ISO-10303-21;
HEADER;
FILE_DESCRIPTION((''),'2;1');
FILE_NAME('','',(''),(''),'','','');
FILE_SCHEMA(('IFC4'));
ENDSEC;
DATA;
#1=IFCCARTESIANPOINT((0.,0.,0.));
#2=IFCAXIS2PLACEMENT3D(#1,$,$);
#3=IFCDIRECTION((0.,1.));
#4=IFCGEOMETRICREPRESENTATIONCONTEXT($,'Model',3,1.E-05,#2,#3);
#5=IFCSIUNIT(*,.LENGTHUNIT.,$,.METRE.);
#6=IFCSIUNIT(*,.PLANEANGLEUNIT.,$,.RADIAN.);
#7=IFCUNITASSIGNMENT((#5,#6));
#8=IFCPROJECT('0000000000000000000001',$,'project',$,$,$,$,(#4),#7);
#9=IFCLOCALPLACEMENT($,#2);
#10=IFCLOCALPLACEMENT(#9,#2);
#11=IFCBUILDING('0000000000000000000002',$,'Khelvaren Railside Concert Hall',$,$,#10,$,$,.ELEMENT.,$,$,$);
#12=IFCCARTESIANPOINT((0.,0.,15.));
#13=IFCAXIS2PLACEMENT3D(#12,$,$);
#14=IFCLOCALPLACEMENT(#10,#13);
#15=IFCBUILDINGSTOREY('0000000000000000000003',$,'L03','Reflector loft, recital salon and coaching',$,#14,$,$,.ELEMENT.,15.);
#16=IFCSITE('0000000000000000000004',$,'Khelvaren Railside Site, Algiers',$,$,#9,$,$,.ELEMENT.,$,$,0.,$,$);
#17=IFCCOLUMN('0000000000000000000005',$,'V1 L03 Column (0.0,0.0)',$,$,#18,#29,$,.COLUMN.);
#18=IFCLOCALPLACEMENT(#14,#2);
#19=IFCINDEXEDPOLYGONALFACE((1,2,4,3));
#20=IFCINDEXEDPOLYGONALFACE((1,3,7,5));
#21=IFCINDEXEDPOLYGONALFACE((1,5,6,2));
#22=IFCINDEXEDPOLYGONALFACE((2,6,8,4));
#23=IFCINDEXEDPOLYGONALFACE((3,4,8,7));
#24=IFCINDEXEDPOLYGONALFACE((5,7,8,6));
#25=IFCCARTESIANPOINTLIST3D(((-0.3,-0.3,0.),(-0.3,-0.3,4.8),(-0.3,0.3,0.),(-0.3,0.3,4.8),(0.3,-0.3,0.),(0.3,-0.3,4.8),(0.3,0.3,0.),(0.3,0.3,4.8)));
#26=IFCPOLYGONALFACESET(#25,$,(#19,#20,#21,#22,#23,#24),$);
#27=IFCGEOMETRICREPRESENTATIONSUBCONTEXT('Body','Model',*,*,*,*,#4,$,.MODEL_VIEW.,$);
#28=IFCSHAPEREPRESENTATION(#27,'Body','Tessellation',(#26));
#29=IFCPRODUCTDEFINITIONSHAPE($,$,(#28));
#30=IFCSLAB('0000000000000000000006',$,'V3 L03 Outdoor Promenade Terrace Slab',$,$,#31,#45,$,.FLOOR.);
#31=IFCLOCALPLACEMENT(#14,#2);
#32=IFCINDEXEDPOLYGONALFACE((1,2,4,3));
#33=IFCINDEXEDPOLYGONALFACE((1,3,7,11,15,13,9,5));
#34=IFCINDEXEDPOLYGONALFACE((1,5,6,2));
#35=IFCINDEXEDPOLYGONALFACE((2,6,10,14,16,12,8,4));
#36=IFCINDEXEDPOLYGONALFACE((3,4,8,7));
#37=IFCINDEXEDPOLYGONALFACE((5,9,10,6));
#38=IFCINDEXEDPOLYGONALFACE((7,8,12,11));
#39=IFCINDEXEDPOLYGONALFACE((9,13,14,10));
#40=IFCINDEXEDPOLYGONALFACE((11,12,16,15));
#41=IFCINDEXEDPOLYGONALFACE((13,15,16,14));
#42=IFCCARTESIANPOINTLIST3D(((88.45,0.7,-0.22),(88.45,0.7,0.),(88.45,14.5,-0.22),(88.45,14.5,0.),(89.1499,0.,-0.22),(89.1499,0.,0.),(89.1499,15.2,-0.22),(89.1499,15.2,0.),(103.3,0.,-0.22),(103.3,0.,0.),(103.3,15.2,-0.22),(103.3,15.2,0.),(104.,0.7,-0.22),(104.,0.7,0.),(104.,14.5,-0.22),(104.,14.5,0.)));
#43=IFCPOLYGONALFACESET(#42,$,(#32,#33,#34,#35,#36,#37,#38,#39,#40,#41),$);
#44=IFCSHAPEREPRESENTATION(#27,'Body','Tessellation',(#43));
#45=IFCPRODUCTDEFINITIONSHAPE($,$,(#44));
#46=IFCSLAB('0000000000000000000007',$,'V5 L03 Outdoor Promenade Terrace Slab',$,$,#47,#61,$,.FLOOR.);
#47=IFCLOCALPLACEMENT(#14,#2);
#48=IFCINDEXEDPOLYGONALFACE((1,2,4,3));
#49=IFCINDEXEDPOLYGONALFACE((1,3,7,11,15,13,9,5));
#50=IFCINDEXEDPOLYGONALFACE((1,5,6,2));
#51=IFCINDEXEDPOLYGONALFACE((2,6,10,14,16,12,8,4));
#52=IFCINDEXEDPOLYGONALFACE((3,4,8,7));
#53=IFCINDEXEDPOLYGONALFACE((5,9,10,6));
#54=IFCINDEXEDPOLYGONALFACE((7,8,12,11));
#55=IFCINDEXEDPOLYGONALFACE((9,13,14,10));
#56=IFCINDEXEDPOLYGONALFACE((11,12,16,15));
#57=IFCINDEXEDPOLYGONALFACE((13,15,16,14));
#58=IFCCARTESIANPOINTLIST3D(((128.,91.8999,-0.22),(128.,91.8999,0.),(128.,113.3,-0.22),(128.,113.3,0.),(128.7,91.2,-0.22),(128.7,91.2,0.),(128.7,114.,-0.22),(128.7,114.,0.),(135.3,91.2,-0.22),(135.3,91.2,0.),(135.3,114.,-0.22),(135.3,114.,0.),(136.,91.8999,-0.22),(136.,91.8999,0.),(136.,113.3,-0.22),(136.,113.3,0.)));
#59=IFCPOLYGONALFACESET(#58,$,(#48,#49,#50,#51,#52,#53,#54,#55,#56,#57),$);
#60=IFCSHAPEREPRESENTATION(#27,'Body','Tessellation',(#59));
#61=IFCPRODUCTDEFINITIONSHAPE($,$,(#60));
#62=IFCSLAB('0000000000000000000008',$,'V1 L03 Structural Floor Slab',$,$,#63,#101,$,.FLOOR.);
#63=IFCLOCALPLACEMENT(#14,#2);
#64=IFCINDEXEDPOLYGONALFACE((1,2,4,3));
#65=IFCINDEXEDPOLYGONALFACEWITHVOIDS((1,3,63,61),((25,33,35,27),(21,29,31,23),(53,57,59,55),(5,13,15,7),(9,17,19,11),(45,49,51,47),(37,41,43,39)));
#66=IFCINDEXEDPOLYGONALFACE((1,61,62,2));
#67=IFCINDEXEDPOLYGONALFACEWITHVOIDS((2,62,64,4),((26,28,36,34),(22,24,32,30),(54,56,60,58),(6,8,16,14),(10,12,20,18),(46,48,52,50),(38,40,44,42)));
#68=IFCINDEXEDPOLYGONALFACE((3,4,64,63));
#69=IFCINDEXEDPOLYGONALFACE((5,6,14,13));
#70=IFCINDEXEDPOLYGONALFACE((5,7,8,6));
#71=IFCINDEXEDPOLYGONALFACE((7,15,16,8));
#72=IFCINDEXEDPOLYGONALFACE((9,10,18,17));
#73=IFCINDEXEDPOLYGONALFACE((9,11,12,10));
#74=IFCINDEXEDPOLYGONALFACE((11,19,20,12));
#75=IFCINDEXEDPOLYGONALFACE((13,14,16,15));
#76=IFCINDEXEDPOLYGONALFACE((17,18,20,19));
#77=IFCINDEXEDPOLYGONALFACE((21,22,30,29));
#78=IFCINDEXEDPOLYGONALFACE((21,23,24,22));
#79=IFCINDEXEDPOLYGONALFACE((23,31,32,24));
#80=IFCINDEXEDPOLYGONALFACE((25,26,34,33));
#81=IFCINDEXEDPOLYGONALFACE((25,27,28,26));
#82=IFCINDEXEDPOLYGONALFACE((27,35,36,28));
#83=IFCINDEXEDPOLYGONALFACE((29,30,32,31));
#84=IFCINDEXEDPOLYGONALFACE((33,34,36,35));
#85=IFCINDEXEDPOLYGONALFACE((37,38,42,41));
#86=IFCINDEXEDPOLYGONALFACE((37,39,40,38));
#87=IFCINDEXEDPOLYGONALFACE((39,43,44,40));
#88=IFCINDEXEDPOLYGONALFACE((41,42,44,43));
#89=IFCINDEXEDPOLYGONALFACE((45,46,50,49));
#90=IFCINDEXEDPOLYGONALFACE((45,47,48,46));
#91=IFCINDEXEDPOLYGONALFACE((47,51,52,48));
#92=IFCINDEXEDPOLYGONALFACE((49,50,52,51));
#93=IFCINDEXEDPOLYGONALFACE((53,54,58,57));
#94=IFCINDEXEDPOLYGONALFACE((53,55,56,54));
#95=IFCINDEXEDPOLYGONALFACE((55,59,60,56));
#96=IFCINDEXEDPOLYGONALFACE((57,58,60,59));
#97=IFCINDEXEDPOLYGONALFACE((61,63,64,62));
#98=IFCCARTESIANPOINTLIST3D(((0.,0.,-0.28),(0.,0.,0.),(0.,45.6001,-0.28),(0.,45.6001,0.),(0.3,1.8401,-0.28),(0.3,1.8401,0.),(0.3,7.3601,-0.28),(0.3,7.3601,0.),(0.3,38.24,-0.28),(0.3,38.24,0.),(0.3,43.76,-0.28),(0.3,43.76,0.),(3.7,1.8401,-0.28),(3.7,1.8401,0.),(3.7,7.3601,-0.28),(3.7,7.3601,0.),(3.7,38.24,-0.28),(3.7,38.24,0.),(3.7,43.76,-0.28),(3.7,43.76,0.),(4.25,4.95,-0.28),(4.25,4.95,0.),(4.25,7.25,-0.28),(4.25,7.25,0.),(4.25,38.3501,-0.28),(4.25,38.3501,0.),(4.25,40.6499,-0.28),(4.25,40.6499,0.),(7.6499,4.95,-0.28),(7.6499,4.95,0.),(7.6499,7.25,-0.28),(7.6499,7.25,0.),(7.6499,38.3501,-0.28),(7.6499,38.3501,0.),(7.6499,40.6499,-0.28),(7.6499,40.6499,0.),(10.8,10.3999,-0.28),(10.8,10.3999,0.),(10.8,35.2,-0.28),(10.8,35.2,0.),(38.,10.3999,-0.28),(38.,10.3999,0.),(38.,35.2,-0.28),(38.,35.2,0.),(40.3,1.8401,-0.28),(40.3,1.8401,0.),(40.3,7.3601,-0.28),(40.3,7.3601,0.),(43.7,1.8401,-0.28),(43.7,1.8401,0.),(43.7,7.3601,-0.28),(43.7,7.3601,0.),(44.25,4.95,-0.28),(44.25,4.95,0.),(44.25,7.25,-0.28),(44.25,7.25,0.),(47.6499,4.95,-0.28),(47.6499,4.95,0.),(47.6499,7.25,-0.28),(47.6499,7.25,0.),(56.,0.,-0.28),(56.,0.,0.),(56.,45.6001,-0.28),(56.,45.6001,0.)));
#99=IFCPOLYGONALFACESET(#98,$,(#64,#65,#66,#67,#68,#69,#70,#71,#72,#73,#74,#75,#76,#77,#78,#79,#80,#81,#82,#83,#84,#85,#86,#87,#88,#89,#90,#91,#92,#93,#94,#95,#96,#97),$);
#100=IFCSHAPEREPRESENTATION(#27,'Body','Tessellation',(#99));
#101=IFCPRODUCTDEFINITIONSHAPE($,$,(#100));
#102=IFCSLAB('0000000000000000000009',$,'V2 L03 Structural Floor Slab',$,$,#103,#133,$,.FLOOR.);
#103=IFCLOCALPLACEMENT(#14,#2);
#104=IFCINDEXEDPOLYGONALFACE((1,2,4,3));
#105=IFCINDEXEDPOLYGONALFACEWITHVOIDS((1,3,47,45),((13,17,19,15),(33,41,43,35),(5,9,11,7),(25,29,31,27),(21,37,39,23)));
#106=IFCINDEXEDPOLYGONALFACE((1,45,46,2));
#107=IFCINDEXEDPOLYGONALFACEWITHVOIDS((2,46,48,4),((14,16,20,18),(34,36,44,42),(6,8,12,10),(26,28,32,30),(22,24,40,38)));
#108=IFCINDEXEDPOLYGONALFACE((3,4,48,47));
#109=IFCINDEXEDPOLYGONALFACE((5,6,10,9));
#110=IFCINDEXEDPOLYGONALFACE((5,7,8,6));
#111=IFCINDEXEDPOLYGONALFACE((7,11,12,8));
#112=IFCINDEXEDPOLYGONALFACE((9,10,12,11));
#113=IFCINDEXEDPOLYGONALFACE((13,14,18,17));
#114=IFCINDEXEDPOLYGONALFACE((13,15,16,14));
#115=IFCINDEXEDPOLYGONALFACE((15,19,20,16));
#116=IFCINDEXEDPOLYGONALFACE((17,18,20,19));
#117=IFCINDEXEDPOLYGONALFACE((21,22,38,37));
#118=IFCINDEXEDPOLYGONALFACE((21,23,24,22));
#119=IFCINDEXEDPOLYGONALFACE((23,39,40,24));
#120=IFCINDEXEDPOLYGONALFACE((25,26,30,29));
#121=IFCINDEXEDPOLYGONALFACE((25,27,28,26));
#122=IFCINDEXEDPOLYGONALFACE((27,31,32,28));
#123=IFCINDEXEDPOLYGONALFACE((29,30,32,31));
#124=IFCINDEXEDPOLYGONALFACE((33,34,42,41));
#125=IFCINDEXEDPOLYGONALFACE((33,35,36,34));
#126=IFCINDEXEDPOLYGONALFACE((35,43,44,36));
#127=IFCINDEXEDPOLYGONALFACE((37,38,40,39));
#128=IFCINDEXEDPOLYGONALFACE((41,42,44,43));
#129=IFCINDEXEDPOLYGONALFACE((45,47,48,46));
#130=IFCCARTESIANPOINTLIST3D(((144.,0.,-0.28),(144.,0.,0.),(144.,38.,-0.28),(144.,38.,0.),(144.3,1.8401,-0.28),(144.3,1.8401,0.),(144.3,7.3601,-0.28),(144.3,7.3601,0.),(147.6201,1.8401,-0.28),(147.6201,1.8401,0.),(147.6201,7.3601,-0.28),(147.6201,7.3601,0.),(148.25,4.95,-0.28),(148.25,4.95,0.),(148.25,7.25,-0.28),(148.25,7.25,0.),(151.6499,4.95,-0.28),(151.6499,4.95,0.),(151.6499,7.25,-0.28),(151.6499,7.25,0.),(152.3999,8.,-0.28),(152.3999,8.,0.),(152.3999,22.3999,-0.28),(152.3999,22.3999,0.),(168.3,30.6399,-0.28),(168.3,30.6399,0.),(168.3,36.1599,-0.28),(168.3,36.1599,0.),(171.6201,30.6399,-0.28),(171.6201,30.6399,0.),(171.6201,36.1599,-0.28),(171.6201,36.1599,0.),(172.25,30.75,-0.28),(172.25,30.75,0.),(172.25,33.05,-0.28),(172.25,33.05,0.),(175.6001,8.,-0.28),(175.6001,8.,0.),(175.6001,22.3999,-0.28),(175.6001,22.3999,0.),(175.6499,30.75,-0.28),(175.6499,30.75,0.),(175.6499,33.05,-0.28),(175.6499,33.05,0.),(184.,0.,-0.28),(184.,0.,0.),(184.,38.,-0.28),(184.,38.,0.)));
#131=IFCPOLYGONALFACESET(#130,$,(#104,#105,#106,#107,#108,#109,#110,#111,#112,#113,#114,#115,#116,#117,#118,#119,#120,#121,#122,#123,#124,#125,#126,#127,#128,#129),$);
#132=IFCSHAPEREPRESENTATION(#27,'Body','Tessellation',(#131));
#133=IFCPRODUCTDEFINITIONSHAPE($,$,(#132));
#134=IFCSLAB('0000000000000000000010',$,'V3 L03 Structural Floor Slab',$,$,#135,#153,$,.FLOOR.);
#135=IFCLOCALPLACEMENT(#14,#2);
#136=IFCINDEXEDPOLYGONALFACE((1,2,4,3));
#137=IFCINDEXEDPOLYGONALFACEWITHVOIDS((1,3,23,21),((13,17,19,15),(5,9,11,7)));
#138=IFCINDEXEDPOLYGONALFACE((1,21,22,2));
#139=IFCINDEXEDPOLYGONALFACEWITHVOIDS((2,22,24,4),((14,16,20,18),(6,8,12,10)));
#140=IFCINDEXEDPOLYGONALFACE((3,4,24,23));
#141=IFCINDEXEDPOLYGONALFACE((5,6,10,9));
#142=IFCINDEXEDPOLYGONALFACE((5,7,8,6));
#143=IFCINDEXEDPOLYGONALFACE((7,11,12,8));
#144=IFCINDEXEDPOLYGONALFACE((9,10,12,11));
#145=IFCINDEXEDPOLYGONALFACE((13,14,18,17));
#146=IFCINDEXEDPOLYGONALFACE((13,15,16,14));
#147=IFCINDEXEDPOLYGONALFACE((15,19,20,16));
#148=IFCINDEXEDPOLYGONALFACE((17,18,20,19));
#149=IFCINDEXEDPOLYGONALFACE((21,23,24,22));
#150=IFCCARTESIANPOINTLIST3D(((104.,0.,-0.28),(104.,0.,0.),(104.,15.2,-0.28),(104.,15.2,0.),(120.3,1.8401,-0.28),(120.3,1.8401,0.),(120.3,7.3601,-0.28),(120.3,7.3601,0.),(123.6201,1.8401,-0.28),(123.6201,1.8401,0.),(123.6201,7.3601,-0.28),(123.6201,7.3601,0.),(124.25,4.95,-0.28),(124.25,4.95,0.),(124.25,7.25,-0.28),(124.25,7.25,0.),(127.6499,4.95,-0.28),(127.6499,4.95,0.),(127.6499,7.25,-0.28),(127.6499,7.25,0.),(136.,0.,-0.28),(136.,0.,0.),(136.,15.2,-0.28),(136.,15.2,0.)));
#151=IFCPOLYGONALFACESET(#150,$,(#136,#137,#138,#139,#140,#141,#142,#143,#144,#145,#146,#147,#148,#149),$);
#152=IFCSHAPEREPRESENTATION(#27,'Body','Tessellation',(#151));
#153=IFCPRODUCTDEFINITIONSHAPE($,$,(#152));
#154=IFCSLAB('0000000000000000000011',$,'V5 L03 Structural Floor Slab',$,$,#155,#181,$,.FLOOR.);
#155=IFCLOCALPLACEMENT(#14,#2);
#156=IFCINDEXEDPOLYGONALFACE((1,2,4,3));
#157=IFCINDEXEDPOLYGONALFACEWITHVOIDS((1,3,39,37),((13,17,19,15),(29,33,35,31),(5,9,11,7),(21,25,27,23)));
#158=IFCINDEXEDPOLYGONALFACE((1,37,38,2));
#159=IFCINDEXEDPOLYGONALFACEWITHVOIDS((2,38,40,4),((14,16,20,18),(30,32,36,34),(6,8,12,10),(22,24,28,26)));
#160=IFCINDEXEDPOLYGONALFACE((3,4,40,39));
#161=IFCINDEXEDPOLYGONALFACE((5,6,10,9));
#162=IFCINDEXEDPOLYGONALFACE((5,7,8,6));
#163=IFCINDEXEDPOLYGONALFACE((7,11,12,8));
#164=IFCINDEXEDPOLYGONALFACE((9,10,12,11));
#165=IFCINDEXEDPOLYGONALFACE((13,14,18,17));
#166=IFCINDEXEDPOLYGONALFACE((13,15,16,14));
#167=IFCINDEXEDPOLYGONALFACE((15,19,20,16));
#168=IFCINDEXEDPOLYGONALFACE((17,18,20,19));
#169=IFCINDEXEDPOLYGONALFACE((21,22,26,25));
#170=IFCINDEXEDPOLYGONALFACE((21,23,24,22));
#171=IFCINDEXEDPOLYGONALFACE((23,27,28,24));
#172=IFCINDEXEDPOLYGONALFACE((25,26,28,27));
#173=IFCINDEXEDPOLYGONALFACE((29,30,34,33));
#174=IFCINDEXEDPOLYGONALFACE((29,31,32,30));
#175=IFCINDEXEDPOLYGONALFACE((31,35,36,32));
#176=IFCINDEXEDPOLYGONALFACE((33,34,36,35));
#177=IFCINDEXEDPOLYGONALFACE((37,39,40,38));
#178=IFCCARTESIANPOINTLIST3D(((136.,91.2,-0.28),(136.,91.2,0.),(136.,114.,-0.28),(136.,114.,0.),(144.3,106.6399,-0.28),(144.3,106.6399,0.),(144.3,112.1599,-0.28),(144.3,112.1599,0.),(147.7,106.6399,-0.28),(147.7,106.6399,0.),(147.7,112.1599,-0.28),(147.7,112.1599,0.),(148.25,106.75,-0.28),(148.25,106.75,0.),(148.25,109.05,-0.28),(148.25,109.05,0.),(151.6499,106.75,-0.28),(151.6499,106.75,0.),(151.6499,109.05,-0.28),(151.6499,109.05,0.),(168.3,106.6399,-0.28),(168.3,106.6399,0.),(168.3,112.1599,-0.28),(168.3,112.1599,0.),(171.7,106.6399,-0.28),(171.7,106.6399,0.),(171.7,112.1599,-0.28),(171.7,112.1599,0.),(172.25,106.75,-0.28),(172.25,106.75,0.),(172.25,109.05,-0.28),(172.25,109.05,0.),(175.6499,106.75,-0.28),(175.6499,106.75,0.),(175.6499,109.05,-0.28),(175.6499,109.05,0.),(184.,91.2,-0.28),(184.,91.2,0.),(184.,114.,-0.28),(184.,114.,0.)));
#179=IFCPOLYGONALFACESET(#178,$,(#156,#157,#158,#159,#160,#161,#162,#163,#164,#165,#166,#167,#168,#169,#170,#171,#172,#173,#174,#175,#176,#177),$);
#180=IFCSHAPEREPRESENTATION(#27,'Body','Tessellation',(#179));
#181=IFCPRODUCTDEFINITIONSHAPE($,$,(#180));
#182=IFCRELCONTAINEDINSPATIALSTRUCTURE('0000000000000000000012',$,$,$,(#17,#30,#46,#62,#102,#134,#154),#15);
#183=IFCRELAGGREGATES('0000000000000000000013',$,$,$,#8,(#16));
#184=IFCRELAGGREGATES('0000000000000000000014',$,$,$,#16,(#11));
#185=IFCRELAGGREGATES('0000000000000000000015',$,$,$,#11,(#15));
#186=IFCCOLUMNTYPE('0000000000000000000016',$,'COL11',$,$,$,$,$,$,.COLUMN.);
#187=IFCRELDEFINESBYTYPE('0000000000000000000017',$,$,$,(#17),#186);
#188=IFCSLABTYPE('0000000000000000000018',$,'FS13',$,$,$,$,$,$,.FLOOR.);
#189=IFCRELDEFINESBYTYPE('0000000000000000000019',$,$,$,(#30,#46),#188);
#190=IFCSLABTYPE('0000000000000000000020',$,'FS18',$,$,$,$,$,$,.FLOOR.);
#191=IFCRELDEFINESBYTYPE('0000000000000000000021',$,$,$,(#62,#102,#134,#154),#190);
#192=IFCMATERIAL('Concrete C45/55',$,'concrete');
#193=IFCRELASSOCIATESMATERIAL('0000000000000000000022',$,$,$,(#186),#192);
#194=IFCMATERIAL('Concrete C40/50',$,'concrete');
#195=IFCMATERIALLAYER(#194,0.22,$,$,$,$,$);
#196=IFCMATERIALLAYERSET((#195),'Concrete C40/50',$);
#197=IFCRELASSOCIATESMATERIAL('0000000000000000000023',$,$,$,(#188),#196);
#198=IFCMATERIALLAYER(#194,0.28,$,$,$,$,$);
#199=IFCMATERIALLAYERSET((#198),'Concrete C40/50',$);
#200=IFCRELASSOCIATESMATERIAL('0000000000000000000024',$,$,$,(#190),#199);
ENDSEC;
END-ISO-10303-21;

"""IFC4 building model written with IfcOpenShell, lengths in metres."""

from ifc_helpers import new_model, si_unit, direction, frame, origin, origin_with_axes, origin_2d, place, context, subcontext, project, spatial, polyline, rectangle, outline, extrude, material, layer, layer_set, material_profile, profile_set, type_object, element, save


model = new_model("IFC4")

# Units and contexts
model_context = context("Model", 3, precision=1e-05, world=origin(), true_north=direction((0.0, 1.0)))
body_context = subcontext(model_context, "Body", "Model", "MODEL_VIEW")
ifc_project = project(units=[si_unit("LENGTHUNIT", "METRE"), si_unit("PLANEANGLEUNIT", "RADIAN")], contexts=[model_context])

# Site, building, storey
site_placement = place(None, origin())
site = spatial("IfcSite", under=ifc_project, at=site_placement, Name="Khelvaren Railside Site, Algiers", CompositionType="ELEMENT", RefElevation=0.0)
building_placement = place(site_placement, origin())
building = spatial("IfcBuilding", under=site, at=building_placement, Name="Khelvaren Railside Concert Hall", CompositionType="ELEMENT")
storey_placement = place(building_placement, frame((0.0, 0.0, 15.0)))
storey = spatial("IfcBuildingStorey", under=building, at=storey_placement, Name="L03", Description="Reflector loft, recital salon and coaching", CompositionType="ELEMENT", Elevation=15.0)

# Column
ifc_material_1 = material(Name="Concrete C45/55", Category="concrete")
ifc_material_profile = material_profile(ifc_material_1, rectangle(XDim=0.6001, YDim=0.6001, at=origin_2d()), Name="RC 600x600")
ifc_profile_set = profile_set([ifc_material_profile], Name="Concrete C45/55")
column_type = type_object("IfcColumnType", Name="COL11", PredefinedType="COLUMN", material=ifc_profile_set)
column_placement = place(storey_placement, origin_with_axes())
element("IfcColumn", 1, at=column_placement, inside=storey, type_object=column_type, Name="V1 L03 Column (0.0,0.0)", PredefinedType="COLUMN", context=body_context, shape_type="SweptSolid", body=[
    extrude(rectangle(XDim=0.6001, YDim=0.6001, at=origin_2d()), origin(), (0.0, 0.0, 1.0), 4.8),
])

# Slabs
ifc_material_2 = material(Name="Concrete C40/50", Category="concrete")
ifc_layer_1 = layer(ifc_material_2, 0.22)
ifc_layer_set_1 = layer_set([ifc_layer_1], Name="Concrete C40/50")
slab_type_1 = type_object("IfcSlabType", Name="FS13", PredefinedType="FLOOR", material=ifc_layer_set_1)
slab_1_placement = place(storey_placement, frame((0.0, 0.0, -0.22)))
element("IfcSlab", 2, at=slab_1_placement, inside=storey, type_object=slab_type_1, Name="V3 L03 Outdoor Promenade Terrace Slab", PredefinedType="FLOOR", context=body_context, shape_type="SweptSolid", body=[
    extrude(outline(polyline([(89.1499, 0.0), (103.3, 0.0), (104.0, 0.7), (104.0, 14.5), (103.3, 15.2), (89.1499, 15.2), (88.45, 14.5), (88.45, 0.7), (89.1499, 0.0)])), origin(), (0.0, 0.0, 1.0), 0.22),
])
slab_2_placement = place(storey_placement, frame((0.0, 0.0, -0.22)))
element("IfcSlab", 3, at=slab_2_placement, inside=storey, type_object=slab_type_1, Name="V5 L03 Outdoor Promenade Terrace Slab", PredefinedType="FLOOR", context=body_context, shape_type="SweptSolid", body=[
    extrude(outline(polyline([(128.7, 91.2), (135.3, 91.2), (136.0, 91.8999), (136.0, 113.3), (135.3, 114.0), (128.7, 114.0), (128.0, 113.3), (128.0, 91.8999), (128.7, 91.2)])), origin(), (0.0, 0.0, 1.0), 0.22),
])
ifc_layer_2 = layer(ifc_material_2, 0.28)
ifc_layer_set_2 = layer_set([ifc_layer_2], Name="Concrete C40/50")
slab_type_2 = type_object("IfcSlabType", Name="FS18", PredefinedType="FLOOR", material=ifc_layer_set_2)
slab_3_placement = place(storey_placement, frame((0.0, 0.0, -0.28)))
element("IfcSlab", 4, at=slab_3_placement, inside=storey, type_object=slab_type_2, Name="V1 L03 Structural Floor Slab", PredefinedType="FLOOR", context=body_context, shape_type="SweptSolid", body=[
    extrude(outline(polyline([(0.0, 0.0), (56.0, 0.0), (56.0, 45.6001), (0.0, 45.6001), (0.0, 0.0)]), holes=[polyline([(3.7, 1.8401), (3.7, 7.3601), (0.3, 7.3601), (0.3, 1.8401), (3.7, 1.8401)]), polyline([(4.25, 4.95), (7.6499, 4.95), (7.6499, 7.25), (4.25, 7.25), (4.25, 4.95)]), polyline([(43.7, 1.8401), (43.7, 7.3601), (40.3, 7.3601), (40.3, 1.8401), (43.7, 1.8401)]), polyline([(44.25, 4.95), (47.6499, 4.95), (47.6499, 7.25), (44.25, 7.25), (44.25, 4.95)]), polyline([(0.3, 43.76), (0.3, 38.24), (3.7, 38.24), (3.7, 43.76), (0.3, 43.76)]), polyline([(4.25, 38.3501), (7.6499, 38.3501), (7.6499, 40.6499), (4.25, 40.6499), (4.25, 38.3501)]), polyline([(10.8, 10.3999), (38.0, 10.3999), (38.0, 35.2), (10.8, 35.2), (10.8, 10.3999)])]), origin(), (0.0, 0.0, 1.0), 0.28),
])
slab_4_placement = place(storey_placement, frame((0.0, 0.0, -0.28)))
element("IfcSlab", 5, at=slab_4_placement, inside=storey, type_object=slab_type_2, Name="V2 L03 Structural Floor Slab", PredefinedType="FLOOR", context=body_context, shape_type="SweptSolid", body=[
    extrude(outline(polyline([(144.0, 0.0), (184.0, 0.0), (184.0, 38.0), (144.0, 38.0), (144.0, 0.0)]), holes=[polyline([(147.6201, 1.8401), (147.6201, 7.3601), (144.3, 7.3601), (144.3, 1.8401), (147.6201, 1.8401)]), polyline([(148.25, 4.95), (151.6499, 4.95), (151.6499, 7.25), (148.25, 7.25), (148.25, 4.95)]), polyline([(168.3, 36.1599), (168.3, 30.6399), (171.6201, 30.6399), (171.6201, 36.1599), (168.3, 36.1599)]), polyline([(172.25, 30.75), (175.6499, 30.75), (175.6499, 33.05), (172.25, 33.05), (172.25, 30.75)]), polyline([(152.3999, 8.0), (175.6001, 8.0), (175.6001, 22.3999), (152.3999, 22.3999), (152.3999, 8.0)])]), origin(), (0.0, 0.0, 1.0), 0.28),
])
slab_5_placement = place(storey_placement, frame((0.0, 0.0, -0.28)))
element("IfcSlab", 6, at=slab_5_placement, inside=storey, type_object=slab_type_2, Name="V3 L03 Structural Floor Slab", PredefinedType="FLOOR", context=body_context, shape_type="SweptSolid", body=[
    extrude(outline(polyline([(104.0, 0.0), (136.0, 0.0), (136.0, 15.2), (104.0, 15.2), (104.0, 0.0)]), holes=[polyline([(123.6201, 1.8401), (123.6201, 7.3601), (120.3, 7.3601), (120.3, 1.8401), (123.6201, 1.8401)]), polyline([(124.25, 4.95), (127.6499, 4.95), (127.6499, 7.25), (124.25, 7.25), (124.25, 4.95)])]), origin(), (0.0, 0.0, 1.0), 0.28),
])
slab_6_placement = place(storey_placement, frame((0.0, 0.0, -0.28)))
element("IfcSlab", 7, at=slab_6_placement, inside=storey, type_object=slab_type_2, Name="V5 L03 Structural Floor Slab", PredefinedType="FLOOR", context=body_context, shape_type="SweptSolid", body=[
    extrude(outline(polyline([(136.0, 91.2), (184.0, 91.2), (184.0, 114.0), (136.0, 114.0), (136.0, 91.2)]), holes=[polyline([(144.3, 112.1599), (144.3, 106.6399), (147.7, 106.6399), (147.7, 112.1599), (144.3, 112.1599)]), polyline([(148.25, 106.75), (151.6499, 106.75), (151.6499, 109.05), (148.25, 109.05), (148.25, 106.75)]), polyline([(168.3, 112.1599), (168.3, 106.6399), (171.7, 106.6399), (171.7, 112.1599), (168.3, 112.1599)]), polyline([(172.25, 106.75), (175.6499, 106.75), (175.6499, 109.05), (172.25, 109.05), (172.25, 106.75)])]), origin(), (0.0, 0.0, 1.0), 0.28),
])

save(model, "model.ifc")
